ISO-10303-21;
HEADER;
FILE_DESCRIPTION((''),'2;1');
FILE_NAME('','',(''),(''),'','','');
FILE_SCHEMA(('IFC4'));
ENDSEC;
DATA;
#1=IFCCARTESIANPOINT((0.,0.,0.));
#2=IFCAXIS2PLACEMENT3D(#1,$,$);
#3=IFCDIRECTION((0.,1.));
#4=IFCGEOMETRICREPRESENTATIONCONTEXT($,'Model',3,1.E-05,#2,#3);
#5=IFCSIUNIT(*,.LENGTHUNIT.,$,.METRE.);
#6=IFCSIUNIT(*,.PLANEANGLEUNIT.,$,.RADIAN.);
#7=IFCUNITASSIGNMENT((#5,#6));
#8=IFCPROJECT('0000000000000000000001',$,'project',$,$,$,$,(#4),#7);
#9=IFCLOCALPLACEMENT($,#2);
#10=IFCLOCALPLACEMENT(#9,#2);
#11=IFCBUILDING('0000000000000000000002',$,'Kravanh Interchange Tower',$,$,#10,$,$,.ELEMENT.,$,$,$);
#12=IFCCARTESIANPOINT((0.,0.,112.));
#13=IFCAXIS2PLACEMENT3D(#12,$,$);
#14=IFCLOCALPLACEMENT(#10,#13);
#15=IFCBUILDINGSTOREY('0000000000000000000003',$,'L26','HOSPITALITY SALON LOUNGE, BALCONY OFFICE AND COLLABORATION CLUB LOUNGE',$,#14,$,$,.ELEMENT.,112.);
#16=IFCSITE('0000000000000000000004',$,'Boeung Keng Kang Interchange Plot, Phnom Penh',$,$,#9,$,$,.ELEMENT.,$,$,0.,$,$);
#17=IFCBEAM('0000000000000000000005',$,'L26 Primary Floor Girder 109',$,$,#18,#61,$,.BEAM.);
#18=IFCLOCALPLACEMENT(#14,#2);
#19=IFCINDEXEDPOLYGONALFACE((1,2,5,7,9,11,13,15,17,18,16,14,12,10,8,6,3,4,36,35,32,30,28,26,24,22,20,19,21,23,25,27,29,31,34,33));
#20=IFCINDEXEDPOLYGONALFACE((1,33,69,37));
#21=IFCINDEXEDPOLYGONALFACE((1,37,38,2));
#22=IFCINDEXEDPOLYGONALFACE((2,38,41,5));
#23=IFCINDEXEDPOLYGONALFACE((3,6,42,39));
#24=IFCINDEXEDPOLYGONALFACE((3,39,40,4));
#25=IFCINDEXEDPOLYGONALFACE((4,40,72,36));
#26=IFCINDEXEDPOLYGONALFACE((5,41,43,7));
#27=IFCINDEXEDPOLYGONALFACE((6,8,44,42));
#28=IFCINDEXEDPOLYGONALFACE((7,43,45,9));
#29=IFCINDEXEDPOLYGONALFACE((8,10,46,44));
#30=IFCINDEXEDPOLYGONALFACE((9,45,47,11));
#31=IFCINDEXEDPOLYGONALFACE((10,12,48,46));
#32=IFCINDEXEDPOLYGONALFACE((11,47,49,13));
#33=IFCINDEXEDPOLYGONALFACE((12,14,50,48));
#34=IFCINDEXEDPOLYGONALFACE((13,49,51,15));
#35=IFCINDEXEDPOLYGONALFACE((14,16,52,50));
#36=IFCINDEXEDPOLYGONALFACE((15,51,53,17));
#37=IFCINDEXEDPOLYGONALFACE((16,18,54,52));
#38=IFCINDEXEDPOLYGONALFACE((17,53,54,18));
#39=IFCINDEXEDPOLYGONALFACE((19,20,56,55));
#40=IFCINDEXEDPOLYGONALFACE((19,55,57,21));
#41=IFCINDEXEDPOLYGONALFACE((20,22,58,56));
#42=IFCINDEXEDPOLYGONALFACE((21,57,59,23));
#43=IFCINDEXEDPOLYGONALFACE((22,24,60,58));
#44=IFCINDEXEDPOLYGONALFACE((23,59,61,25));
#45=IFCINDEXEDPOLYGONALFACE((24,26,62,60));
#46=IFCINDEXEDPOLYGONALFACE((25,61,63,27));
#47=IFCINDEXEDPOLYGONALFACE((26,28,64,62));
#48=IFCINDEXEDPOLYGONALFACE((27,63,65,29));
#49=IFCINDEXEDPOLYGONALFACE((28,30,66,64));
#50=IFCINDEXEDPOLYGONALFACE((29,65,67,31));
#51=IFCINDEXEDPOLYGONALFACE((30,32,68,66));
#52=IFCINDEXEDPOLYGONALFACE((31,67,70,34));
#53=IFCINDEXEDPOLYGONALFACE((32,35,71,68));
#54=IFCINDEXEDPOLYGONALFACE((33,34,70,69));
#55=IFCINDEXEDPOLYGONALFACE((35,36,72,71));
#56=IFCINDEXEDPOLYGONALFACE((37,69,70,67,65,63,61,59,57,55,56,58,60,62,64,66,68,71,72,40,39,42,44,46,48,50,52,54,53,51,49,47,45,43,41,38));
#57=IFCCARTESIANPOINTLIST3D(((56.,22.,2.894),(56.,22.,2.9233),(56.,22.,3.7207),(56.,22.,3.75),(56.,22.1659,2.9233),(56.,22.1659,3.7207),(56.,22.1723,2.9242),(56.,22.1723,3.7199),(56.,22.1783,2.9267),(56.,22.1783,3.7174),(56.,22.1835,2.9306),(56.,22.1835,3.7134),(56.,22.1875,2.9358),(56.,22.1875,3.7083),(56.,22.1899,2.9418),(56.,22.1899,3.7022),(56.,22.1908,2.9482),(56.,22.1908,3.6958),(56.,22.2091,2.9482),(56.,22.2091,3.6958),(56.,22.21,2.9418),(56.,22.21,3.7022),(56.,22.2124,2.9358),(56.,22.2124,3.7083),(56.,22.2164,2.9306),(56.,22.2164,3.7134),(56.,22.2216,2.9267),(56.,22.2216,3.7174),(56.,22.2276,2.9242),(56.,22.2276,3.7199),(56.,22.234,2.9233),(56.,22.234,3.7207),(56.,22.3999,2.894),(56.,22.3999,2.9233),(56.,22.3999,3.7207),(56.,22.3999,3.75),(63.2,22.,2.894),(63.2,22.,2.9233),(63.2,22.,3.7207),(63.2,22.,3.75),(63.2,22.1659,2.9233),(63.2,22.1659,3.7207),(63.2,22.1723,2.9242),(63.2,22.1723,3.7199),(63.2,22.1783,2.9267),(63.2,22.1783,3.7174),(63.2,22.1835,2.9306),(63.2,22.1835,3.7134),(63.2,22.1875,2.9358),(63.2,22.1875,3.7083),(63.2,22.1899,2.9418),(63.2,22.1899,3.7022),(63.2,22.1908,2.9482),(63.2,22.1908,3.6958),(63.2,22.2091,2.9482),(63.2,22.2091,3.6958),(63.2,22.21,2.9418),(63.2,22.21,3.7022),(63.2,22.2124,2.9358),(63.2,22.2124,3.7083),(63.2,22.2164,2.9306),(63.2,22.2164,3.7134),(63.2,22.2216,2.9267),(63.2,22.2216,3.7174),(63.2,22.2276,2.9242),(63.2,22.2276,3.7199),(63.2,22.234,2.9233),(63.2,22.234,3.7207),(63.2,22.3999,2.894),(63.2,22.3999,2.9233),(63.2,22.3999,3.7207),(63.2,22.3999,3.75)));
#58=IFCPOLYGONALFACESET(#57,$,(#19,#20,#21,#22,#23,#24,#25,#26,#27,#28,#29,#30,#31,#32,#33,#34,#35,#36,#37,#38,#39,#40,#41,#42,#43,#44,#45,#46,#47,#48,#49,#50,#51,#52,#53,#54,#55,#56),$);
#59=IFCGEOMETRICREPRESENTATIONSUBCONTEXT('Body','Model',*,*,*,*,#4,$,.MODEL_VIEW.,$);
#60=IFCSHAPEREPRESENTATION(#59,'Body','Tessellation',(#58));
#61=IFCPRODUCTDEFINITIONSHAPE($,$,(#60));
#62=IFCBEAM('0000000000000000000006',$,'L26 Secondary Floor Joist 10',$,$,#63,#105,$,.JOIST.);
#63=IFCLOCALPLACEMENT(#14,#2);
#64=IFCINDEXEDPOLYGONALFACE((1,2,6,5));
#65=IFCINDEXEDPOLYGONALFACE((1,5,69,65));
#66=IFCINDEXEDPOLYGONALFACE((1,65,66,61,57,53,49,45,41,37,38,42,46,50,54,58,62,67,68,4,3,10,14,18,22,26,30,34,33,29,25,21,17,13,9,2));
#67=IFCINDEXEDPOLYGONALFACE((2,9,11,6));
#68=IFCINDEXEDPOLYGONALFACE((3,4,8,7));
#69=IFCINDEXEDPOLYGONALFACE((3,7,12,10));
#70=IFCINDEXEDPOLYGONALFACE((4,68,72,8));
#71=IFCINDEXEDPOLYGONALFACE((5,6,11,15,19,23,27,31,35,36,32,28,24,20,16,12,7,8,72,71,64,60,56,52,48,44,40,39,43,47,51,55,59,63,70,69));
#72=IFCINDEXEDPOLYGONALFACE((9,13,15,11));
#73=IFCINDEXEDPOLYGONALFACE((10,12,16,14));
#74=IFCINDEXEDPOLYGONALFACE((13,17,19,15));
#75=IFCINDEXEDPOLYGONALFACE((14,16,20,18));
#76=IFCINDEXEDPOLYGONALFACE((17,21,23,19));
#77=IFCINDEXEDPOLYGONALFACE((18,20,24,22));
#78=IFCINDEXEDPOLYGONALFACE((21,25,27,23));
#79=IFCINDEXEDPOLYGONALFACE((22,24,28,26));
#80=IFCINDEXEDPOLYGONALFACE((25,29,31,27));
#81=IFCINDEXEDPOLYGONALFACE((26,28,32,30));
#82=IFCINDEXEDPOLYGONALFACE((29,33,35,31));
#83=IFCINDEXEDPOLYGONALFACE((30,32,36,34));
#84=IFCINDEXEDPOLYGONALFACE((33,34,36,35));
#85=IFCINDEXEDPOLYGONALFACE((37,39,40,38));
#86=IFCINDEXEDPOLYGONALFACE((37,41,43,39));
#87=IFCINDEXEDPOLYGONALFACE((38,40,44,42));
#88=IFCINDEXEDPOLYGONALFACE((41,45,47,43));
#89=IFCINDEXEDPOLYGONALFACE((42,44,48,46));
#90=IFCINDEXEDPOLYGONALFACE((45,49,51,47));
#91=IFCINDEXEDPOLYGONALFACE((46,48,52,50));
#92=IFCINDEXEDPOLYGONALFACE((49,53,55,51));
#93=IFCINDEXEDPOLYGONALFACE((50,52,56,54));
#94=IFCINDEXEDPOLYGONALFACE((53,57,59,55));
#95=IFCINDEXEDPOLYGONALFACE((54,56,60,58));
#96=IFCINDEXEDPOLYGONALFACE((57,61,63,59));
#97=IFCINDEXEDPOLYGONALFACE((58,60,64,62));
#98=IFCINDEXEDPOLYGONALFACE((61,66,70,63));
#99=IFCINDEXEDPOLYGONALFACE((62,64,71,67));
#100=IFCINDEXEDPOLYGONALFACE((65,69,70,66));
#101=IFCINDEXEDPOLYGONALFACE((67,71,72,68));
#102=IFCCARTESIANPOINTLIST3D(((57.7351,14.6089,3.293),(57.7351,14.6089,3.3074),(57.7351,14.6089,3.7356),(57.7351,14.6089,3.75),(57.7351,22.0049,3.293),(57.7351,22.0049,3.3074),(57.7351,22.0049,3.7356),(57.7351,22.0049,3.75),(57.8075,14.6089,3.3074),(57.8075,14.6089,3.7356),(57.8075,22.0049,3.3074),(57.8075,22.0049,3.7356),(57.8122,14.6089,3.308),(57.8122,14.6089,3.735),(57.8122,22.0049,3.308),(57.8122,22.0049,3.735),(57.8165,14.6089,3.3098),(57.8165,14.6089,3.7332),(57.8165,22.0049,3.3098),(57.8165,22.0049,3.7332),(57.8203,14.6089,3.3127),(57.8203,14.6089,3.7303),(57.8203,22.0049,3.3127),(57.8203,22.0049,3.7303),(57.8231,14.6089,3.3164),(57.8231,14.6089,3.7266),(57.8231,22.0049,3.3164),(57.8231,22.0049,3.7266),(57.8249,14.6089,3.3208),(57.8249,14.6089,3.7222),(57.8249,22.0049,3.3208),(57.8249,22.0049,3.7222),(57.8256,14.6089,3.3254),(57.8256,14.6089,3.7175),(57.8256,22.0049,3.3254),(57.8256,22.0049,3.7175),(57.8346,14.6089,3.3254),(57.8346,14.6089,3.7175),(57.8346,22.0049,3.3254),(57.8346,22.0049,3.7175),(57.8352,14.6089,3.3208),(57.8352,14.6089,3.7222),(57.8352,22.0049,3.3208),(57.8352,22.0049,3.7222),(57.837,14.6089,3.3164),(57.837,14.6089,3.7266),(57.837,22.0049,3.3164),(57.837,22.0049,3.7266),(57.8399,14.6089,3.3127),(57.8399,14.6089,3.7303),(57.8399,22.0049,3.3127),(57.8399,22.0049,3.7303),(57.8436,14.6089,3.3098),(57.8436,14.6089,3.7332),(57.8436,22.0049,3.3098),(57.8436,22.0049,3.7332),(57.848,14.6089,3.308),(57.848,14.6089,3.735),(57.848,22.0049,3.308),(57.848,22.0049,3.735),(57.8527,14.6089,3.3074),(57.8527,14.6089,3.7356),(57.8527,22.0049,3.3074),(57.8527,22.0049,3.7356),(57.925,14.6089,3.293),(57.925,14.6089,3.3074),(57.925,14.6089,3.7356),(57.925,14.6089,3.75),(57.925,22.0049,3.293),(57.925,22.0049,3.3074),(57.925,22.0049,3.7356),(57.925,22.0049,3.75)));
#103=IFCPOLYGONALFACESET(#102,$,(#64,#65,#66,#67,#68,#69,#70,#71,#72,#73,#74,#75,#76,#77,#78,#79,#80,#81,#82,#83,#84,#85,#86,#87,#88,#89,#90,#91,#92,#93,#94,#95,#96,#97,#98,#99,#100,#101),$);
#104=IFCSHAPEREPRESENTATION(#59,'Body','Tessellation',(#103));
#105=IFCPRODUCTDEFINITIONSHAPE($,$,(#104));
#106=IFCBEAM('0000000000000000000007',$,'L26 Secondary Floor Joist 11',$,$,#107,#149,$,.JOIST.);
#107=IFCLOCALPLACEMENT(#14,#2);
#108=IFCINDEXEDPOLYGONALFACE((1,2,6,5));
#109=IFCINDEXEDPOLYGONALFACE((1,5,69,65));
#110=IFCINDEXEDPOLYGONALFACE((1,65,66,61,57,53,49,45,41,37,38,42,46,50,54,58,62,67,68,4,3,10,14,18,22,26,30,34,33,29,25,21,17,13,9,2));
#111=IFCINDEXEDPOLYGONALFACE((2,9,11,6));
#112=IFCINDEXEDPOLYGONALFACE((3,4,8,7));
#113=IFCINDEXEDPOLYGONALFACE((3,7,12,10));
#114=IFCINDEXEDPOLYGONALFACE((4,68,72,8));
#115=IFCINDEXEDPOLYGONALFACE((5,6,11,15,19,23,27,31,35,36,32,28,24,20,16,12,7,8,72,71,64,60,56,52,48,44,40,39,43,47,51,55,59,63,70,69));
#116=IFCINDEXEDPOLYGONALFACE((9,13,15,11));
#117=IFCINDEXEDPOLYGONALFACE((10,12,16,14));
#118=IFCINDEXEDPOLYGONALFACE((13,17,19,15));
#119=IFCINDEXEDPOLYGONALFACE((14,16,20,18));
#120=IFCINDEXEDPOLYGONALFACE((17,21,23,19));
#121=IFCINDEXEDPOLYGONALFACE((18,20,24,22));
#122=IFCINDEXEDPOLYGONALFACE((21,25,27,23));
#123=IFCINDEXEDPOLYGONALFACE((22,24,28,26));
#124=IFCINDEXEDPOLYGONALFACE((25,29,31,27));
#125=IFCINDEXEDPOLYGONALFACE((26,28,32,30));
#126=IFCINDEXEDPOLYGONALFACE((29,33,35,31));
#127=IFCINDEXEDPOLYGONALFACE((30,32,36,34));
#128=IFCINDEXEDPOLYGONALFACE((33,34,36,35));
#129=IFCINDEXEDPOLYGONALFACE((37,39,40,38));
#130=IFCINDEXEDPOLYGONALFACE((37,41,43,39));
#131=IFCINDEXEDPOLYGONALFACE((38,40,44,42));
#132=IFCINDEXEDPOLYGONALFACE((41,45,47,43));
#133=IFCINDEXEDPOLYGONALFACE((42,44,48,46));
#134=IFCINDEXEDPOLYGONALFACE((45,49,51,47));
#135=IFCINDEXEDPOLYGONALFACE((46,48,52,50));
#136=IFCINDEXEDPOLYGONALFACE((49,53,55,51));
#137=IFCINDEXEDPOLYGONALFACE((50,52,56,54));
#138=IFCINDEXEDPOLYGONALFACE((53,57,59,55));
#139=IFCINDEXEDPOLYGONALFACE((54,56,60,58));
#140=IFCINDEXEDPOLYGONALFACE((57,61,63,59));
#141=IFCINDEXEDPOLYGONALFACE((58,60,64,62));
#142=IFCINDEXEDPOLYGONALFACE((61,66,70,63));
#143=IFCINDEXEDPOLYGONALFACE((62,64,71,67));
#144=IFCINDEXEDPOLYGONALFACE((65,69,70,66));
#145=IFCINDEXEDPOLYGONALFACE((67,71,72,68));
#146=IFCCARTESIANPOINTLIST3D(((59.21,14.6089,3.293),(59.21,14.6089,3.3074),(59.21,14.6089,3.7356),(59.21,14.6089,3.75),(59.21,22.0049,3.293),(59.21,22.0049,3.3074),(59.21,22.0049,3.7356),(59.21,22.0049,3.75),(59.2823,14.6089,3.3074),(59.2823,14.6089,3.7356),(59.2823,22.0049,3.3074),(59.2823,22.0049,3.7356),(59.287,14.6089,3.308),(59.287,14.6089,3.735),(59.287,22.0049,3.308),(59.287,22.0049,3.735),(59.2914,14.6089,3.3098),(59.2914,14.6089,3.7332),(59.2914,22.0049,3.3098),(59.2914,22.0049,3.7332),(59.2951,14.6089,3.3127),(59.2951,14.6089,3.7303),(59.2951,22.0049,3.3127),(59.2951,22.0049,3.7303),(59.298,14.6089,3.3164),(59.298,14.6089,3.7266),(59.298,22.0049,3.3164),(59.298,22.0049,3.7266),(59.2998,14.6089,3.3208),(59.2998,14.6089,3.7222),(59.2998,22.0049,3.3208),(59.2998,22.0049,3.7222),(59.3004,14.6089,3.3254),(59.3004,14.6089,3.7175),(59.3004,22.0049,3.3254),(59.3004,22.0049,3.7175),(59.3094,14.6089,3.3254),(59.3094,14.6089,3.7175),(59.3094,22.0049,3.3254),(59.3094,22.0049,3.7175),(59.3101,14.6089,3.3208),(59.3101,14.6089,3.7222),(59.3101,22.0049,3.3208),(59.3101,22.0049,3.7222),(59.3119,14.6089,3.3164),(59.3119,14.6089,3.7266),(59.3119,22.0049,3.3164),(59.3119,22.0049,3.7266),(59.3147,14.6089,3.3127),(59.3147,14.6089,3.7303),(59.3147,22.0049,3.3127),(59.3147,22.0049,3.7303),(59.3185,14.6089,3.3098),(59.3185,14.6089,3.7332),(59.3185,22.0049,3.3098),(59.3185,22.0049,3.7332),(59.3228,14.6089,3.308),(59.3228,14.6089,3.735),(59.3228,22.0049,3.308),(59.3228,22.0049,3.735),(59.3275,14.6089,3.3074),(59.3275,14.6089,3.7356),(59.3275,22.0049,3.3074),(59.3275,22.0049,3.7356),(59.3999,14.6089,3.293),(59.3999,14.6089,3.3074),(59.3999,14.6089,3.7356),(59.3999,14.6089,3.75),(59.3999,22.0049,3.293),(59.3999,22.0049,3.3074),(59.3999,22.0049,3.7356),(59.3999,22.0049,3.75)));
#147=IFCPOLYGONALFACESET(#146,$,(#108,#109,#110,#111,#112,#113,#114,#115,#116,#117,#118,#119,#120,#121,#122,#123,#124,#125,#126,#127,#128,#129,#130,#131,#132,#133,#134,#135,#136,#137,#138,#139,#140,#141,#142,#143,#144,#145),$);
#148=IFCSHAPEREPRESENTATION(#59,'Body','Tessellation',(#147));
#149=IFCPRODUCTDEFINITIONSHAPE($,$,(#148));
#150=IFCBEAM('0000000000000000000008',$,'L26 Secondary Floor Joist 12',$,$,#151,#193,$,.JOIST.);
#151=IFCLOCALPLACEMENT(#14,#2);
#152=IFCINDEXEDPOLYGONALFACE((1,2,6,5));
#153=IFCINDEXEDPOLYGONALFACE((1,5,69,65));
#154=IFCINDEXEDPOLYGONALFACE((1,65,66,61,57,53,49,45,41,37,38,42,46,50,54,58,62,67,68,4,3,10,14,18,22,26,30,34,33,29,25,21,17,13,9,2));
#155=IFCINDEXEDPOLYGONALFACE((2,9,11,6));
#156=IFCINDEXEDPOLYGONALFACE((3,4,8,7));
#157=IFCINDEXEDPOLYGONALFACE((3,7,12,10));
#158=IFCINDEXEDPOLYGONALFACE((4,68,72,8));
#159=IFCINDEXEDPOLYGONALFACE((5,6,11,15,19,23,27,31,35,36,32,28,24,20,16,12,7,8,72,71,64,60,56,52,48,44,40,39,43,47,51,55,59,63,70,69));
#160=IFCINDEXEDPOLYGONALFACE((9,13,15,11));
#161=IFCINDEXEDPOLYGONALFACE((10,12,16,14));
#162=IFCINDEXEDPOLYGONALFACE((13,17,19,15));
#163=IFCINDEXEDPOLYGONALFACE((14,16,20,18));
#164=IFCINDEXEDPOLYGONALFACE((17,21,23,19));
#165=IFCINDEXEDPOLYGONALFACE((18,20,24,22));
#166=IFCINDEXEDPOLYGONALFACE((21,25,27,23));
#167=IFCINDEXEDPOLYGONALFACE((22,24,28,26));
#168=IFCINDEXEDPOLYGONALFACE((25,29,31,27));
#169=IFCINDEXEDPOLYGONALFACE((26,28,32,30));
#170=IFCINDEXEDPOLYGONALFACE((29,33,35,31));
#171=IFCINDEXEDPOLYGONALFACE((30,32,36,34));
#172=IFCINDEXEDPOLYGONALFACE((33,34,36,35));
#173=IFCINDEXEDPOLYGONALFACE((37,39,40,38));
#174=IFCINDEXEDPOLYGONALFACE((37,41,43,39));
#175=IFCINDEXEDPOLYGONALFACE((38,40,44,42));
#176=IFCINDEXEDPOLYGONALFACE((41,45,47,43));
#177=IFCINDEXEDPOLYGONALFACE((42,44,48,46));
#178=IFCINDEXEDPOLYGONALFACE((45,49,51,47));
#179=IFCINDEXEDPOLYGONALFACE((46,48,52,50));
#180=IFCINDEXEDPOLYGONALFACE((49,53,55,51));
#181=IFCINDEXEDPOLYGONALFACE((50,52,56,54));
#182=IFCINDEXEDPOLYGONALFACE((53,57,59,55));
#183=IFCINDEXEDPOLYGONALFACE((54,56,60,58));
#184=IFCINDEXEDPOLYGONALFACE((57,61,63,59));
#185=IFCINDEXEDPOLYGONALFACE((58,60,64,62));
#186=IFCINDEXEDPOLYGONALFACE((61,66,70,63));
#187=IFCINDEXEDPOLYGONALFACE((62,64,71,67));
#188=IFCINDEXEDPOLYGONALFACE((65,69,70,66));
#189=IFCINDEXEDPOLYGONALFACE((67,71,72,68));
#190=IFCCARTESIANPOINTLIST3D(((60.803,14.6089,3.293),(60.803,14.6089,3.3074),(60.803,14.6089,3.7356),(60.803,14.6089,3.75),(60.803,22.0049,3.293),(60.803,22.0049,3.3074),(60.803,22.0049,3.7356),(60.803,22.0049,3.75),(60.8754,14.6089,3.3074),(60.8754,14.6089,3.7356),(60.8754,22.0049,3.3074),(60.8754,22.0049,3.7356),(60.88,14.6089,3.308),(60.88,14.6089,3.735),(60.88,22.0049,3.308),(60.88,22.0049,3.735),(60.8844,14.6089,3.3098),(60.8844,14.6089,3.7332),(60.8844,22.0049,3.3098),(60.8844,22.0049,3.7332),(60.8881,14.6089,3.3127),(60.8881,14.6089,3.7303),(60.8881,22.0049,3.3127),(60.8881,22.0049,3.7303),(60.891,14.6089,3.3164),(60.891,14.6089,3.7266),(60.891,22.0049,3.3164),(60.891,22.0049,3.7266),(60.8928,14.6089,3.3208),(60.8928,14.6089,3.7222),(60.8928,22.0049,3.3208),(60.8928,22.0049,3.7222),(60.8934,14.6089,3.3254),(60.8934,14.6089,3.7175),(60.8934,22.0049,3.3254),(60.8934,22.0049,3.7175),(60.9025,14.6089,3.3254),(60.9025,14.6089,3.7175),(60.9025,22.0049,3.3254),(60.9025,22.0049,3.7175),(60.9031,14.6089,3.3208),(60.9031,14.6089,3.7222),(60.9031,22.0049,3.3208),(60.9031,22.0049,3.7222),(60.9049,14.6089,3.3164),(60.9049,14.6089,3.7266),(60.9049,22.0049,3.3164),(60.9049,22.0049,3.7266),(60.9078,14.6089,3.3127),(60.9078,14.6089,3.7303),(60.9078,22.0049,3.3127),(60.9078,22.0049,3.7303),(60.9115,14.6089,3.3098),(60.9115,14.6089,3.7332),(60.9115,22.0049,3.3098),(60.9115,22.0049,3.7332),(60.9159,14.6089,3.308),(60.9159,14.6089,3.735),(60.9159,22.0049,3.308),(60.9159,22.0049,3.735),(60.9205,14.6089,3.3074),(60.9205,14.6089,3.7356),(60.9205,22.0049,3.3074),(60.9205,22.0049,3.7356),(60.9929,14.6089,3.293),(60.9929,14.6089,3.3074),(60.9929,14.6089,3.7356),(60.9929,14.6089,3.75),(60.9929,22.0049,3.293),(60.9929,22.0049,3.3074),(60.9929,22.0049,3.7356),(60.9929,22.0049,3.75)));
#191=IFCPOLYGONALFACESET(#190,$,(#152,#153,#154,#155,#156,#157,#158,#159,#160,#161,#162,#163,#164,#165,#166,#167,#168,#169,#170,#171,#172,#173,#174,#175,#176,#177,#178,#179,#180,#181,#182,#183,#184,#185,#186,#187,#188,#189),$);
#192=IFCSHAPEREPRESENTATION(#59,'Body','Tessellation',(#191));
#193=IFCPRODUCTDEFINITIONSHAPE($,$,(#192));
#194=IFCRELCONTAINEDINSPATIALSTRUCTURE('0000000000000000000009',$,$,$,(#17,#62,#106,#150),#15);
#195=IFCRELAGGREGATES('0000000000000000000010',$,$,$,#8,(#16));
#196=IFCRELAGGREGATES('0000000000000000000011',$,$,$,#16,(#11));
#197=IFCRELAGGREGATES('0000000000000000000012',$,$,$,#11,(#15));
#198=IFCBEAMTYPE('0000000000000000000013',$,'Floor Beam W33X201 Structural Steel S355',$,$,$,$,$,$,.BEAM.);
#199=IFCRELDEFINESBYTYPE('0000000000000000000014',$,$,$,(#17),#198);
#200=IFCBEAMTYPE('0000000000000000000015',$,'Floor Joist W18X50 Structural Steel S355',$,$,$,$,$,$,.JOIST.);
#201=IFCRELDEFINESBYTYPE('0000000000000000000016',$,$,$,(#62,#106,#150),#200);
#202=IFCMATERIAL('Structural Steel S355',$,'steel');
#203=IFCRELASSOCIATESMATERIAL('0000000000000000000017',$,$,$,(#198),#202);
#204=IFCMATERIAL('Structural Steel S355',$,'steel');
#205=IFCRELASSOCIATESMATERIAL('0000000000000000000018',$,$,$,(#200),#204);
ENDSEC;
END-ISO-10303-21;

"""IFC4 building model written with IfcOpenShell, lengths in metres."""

from ifc_helpers import new_model, si_unit, direction, frame, origin, origin_2d, place, context, subcontext, project, spatial, i_section, extrude, material, material_profile, profile_set, type_object, element, save


model = new_model("IFC4")

# Units and contexts
model_context = context("Model", 3, precision=1e-05, world=origin(), true_north=direction((0.0, 1.0)))
body_context = subcontext(model_context, "Body", "Model", "MODEL_VIEW")
ifc_project = project(units=[si_unit("LENGTHUNIT", "METRE"), si_unit("PLANEANGLEUNIT", "RADIAN")], contexts=[model_context])

# Site, building, storey
site_placement = place(None, origin())
site = spatial("IfcSite", under=ifc_project, at=site_placement, Name="Boeung Keng Kang Interchange Plot, Phnom Penh", CompositionType="ELEMENT", RefElevation=0.0)
building_placement = place(site_placement, origin())
building = spatial("IfcBuilding", under=site, at=building_placement, Name="Kravanh Interchange Tower", CompositionType="ELEMENT")
storey_placement = place(building_placement, frame((0.0, 0.0, 112.0)))
storey = spatial("IfcBuildingStorey", under=building, at=storey_placement, Name="L26", Description="HOSPITALITY SALON LOUNGE, BALCONY OFFICE AND COLLABORATION CLUB LOUNGE", CompositionType="ELEMENT", Elevation=112.0)

# Beams
ifc_material_1 = material(Name="Structural Steel S355", Category="steel")
ifc_material_profile_1 = material_profile(ifc_material_1, i_section(OverallWidth=0.3999, OverallDepth=0.856, WebThickness=0.0183, FlangeThickness=0.0293, FilletRadius=0.0249, at=origin_2d()), Name="W33X201")
ifc_profile_set_1 = profile_set([ifc_material_profile_1], Name="Structural Steel S355")
beam_type_1 = type_object("IfcBeamType", Name="Floor Beam W33X201 Structural Steel S355", PredefinedType="BEAM", material=ifc_profile_set_1)
beam_1_placement = place(storey_placement, frame((56.0, 22.2, 3.322), z_axis=(1.0, 0.0, 0.0), x_axis=(0.0, 1.0, 0.0)))
element("IfcBeam", 1, at=beam_1_placement, inside=storey, type_object=beam_type_1, Name="L26 Primary Floor Girder 109", PredefinedType="BEAM", context=body_context, shape_type="SweptSolid", body=[
    extrude(i_section(OverallWidth=0.3999, OverallDepth=0.856, WebThickness=0.0183, FlangeThickness=0.0293, FilletRadius=0.0249, at=origin_2d()), origin(), (0.0, 0.0, 1.0), 7.2),
])
ifc_material_2 = material(Name="Structural Steel S355", Category="steel")
ifc_material_profile_2 = material_profile(ifc_material_2, i_section(OverallWidth=0.1899, OverallDepth=0.457, WebThickness=0.009, FlangeThickness=0.0144, FilletRadius=0.0181, at=origin_2d()), Name="W18X50")
ifc_profile_set_2 = profile_set([ifc_material_profile_2], Name="Structural Steel S355")
beam_type_2 = type_object("IfcBeamType", Name="Floor Joist W18X50 Structural Steel S355", PredefinedType="JOIST", material=ifc_profile_set_2)
for number, where, z_axis, x_axis, name in (
    (2, (57.8301, 14.6089, 3.5215), (0.0, 1.0, 0.0), (-1.0, 0.0, 0.0), "L26 Secondary Floor Joist 10"),
    (3, (59.3049, 14.6089, 3.5215), (0.0, 1.0, 0.0), (-1.0, 0.0, 0.0), "L26 Secondary Floor Joist 11"),
    (4, (60.8979, 14.6089, 3.5215), (0.0, 1.0, 0.0), (-1.0, 0.0, 0.0), "L26 Secondary Floor Joist 12"),
):
    element("IfcBeam", number, at=place(storey_placement, frame(where, z_axis=z_axis, x_axis=x_axis)), inside=storey, type_object=beam_type_2, Name=name, PredefinedType="JOIST", context=body_context, shape_type="SweptSolid", body=[
        extrude(i_section(OverallWidth=0.1899, OverallDepth=0.457, WebThickness=0.009, FlangeThickness=0.0144, FilletRadius=0.0181, at=origin_2d()), origin(), (0.0, 0.0, 1.0), 7.396),
    ])

save(model, "model.ifc")
